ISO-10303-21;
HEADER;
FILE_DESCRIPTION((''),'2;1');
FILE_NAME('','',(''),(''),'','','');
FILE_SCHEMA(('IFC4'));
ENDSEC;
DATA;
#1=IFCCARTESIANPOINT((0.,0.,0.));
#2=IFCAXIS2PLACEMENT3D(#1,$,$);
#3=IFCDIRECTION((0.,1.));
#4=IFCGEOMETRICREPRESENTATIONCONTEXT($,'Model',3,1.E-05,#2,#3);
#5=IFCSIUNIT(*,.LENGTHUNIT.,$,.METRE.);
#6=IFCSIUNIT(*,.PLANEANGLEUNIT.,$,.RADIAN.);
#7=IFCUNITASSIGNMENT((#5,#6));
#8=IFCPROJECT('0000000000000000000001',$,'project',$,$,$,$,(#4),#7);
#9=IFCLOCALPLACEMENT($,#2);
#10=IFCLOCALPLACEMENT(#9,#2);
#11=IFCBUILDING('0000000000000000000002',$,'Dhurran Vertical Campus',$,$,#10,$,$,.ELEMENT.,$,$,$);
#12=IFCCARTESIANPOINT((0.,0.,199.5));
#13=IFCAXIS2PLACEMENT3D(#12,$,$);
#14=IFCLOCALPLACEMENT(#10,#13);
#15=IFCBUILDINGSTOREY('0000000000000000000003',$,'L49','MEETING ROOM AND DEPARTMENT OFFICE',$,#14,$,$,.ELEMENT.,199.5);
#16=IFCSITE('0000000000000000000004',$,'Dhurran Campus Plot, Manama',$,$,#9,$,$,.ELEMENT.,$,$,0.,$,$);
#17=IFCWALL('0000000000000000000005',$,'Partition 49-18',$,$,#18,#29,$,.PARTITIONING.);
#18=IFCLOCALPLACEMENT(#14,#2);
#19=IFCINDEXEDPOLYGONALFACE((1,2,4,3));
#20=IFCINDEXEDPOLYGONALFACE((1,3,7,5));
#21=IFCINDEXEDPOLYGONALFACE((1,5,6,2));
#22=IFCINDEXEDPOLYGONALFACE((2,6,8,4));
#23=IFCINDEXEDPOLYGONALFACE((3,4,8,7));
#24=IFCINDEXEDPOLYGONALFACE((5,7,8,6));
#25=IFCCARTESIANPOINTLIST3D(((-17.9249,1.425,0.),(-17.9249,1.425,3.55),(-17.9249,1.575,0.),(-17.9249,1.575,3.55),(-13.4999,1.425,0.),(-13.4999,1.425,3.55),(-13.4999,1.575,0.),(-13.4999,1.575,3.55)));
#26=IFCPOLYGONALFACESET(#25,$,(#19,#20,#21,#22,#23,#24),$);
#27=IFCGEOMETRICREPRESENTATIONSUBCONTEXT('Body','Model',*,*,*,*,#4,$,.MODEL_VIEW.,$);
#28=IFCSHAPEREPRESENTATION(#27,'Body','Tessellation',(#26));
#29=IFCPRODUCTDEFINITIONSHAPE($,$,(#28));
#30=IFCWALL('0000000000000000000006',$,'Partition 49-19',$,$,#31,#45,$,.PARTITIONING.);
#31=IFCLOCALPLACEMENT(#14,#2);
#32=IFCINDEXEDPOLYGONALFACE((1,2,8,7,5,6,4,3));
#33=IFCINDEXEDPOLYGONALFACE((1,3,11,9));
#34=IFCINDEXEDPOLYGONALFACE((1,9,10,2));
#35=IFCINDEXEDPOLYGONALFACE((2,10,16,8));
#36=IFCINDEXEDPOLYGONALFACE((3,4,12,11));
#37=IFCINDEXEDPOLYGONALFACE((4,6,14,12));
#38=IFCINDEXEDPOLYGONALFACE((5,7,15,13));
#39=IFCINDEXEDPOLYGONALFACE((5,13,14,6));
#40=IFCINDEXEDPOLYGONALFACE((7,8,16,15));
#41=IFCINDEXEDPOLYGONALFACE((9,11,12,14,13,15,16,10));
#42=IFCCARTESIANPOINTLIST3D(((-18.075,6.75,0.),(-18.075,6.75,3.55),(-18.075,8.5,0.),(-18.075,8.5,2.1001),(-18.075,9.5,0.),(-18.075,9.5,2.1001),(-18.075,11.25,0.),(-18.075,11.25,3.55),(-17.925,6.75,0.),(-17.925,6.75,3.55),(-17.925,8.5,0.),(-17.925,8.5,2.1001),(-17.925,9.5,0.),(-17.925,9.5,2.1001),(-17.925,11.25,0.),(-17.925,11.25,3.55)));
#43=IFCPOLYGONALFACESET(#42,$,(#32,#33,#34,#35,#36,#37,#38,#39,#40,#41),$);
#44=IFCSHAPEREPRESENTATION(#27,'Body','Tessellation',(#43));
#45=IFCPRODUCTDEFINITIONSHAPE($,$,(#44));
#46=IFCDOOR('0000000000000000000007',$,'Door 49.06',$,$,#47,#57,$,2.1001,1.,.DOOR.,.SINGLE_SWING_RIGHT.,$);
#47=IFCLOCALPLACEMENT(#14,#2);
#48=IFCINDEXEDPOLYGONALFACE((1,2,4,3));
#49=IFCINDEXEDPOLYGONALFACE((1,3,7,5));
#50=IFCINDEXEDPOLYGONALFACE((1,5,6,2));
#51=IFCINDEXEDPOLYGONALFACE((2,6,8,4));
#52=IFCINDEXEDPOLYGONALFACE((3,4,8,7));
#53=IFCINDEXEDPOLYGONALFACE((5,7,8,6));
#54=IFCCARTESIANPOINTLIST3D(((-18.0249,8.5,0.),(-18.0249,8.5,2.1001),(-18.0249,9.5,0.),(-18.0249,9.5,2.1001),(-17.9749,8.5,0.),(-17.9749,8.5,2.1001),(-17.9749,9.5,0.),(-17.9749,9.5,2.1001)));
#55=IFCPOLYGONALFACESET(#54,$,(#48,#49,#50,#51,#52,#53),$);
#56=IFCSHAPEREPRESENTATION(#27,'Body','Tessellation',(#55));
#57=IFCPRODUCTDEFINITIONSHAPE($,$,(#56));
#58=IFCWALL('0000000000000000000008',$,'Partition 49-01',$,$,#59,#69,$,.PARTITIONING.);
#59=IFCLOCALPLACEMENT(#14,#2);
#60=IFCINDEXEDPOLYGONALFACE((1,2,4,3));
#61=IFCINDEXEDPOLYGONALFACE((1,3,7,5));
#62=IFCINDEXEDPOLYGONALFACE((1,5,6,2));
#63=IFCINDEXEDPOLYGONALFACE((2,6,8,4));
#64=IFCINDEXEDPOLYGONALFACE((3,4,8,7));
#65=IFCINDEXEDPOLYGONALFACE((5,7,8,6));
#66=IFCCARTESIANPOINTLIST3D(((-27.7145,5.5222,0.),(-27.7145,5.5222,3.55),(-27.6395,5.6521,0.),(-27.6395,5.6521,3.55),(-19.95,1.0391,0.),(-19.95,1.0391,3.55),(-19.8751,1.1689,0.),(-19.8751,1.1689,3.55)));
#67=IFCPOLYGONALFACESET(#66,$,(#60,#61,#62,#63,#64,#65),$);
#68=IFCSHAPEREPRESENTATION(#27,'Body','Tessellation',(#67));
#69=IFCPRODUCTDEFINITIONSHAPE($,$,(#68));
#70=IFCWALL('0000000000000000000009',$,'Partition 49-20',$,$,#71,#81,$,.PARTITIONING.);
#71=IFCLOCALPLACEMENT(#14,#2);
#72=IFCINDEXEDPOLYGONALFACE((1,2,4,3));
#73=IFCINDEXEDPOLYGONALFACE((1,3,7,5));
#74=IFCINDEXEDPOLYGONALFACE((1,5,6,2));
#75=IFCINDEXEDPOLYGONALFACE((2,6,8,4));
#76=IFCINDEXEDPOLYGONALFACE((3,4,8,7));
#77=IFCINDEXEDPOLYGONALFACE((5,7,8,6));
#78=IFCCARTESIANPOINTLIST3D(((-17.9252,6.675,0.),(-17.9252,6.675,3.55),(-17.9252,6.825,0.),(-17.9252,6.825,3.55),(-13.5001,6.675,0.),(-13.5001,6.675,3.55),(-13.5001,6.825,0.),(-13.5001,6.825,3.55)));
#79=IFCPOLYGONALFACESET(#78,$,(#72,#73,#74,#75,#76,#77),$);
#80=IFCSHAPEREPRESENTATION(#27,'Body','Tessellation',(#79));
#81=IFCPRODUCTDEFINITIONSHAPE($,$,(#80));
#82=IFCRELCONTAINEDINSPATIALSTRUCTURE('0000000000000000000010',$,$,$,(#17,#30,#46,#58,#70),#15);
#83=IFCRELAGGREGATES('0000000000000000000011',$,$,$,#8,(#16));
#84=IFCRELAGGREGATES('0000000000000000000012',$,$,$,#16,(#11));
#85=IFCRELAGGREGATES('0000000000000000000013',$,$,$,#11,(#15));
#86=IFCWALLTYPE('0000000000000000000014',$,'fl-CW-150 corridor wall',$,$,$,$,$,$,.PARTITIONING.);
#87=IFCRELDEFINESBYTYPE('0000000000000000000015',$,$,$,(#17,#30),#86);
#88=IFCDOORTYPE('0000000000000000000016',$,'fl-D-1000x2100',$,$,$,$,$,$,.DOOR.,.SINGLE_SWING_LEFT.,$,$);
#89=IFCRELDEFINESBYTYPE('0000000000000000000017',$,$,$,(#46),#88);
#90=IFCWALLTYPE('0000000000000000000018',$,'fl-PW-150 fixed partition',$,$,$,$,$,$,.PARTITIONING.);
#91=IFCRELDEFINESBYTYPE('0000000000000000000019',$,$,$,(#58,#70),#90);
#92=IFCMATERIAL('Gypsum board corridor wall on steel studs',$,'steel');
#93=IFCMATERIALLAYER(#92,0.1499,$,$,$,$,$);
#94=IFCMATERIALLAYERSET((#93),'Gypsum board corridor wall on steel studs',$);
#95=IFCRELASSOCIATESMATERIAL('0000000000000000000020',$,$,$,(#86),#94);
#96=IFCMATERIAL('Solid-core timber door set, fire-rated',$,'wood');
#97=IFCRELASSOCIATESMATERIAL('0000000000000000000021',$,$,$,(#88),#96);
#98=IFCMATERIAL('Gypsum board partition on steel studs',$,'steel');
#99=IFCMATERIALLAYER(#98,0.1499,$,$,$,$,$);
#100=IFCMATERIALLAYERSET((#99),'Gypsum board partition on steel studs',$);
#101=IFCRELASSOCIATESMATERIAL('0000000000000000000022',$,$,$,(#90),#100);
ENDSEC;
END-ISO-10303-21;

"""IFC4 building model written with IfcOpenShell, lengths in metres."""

from ifc_helpers import new_model, si_unit, direction, frame, frame_2d, origin, place, context, subcontext, project, spatial, rectangle, extrude, material, layer, layer_set, type_object, element, fill, save


model = new_model("IFC4")

# Units and contexts
model_context = context("Model", 3, precision=1e-05, world=origin(), true_north=direction((0.0, 1.0)))
body_context = subcontext(model_context, "Body", "Model", "MODEL_VIEW")
ifc_project = project(units=[si_unit("LENGTHUNIT", "METRE"), si_unit("PLANEANGLEUNIT", "RADIAN")], contexts=[model_context])

# Site, building, storey
site_placement = place(None, origin())
site = spatial("IfcSite", under=ifc_project, at=site_placement, Name="Dhurran Campus Plot, Manama", CompositionType="ELEMENT", RefElevation=0.0)
building_placement = place(site_placement, origin())
building = spatial("IfcBuilding", under=site, at=building_placement, Name="Dhurran Vertical Campus", CompositionType="ELEMENT")
storey_placement = place(building_placement, frame((0.0, 0.0, 199.5)))
storey = spatial("IfcBuildingStorey", under=building, at=storey_placement, Name="L49", Description="MEETING ROOM AND DEPARTMENT OFFICE", CompositionType="ELEMENT", Elevation=199.5)

# Shared definitions
ifc_material_1 = material(Name="Gypsum board corridor wall on steel studs", Category="steel")
ifc_layer_1 = layer(ifc_material_1, 0.1499)
ifc_layer_set_1 = layer_set([ifc_layer_1], Name="Gypsum board corridor wall on steel studs")
wall_type_1 = type_object("IfcWallType", Name="fl-CW-150 corridor wall", PredefinedType="PARTITIONING", material=ifc_layer_set_1)
ifc_material_2 = material(Name="Solid-core timber door set, fire-rated", Category="wood")
door_type_1 = type_object("IfcDoorType", Name="fl-D-1000x2100", OperationType="SINGLE_SWING_LEFT", PredefinedType="DOOR", material=ifc_material_2)

# Wall
wall_1_placement = place(storey_placement, frame((-13.5, 1.5, 0.0), z_axis=(0.0, 0.0, 1.0), x_axis=(-1.0, 0.0, 0.0)))
element("IfcWall", 1, at=wall_1_placement, inside=storey, type_object=wall_type_1, Name="Partition 49-18", PredefinedType="PARTITIONING", context=body_context, shape_type="SweptSolid", body=[
    extrude(rectangle(XDim=4.425, YDim=0.1499, at=frame_2d((2.2124, 0.0))), origin(), (0.0, 0.0, 1.0), 3.55),
])

# Wall, opening, door
wall_2_placement = place(storey_placement, frame((-18.0, 6.75, 0.0), z_axis=(0.0, 0.0, 1.0), x_axis=(0.0, 1.0, 0.0)))
wall_2 = element("IfcWall", 2, at=wall_2_placement, inside=storey, type_object=wall_type_1, Name="Partition 49-19", PredefinedType="PARTITIONING", context=body_context, shape_type="SweptSolid", body=[
    extrude(rectangle(XDim=4.5, YDim=0.1499, at=frame_2d((2.25, 0.0))), origin(), (0.0, 0.0, 1.0), 3.55),
])
opening_1_placement = place(wall_2_placement, frame((1.75, 0.0, 0.0)))
opening_1 = element("IfcOpeningElement", 3, at=opening_1_placement, cuts=wall_2, PredefinedType="OPENING", context=body_context, shape_type="SweptSolid", body=[
    extrude(rectangle(XDim=1.0, YDim=2.1001, at=frame_2d((0.5, 1.05))), frame((0.0, 0.085, 0.0), z_axis=(0.0, -1.0, 0.0), x_axis=(1.0, 0.0, 0.0)), (0.0, 0.0, 1.0), 0.1699),
])
door_1_placement = place(opening_1_placement, origin())
door_1 = element("IfcDoor", 4, at=door_1_placement, inside=storey, type_object=door_type_1, Name="Door 49.06", OperationType="SINGLE_SWING_RIGHT", OverallHeight=2.1001, OverallWidth=1.0, PredefinedType="DOOR", context=body_context, shape_type="SweptSolid", body=[
    extrude(rectangle(XDim=1.0, YDim=2.1001, at=frame_2d((0.5, 1.05))), frame((0.0, 0.0249, 0.0), z_axis=(0.0, -1.0, 0.0), x_axis=(1.0, 0.0, 0.0)), (0.0, 0.0, 1.0), 0.05),
])
fill(opening_1, door_1)

# Walls
ifc_material_3 = material(Name="Gypsum board partition on steel studs", Category="steel")
ifc_layer_2 = layer(ifc_material_3, 0.1499)
ifc_layer_set_2 = layer_set([ifc_layer_2], Name="Gypsum board partition on steel studs")
wall_type_2 = type_object("IfcWallType", Name="fl-PW-150 fixed partition", PredefinedType="PARTITIONING", material=ifc_layer_set_2)
wall_3_placement = place(storey_placement, frame((-27.677, 5.5872, 0.0), z_axis=(0.0, 0.0, 1.0), x_axis=(0.866007, -0.500031, 0.0)))
element("IfcWall", 5, at=wall_3_placement, inside=storey, type_object=wall_type_2, Name="Partition 49-01", PredefinedType="PARTITIONING", context=body_context, shape_type="SweptSolid", body=[
    extrude(rectangle(XDim=8.9658, YDim=0.1499, at=frame_2d((4.4829, 0.0))), origin(), (0.0, 0.0, 1.0), 3.55),
])
wall_4_placement = place(storey_placement, frame((-17.925, 6.75, 0.0), z_axis=(0.0, 0.0, 1.0), x_axis=(1.0, 0.0, 0.0)))
element("IfcWall", 6, at=wall_4_placement, inside=storey, type_object=wall_type_2, Name="Partition 49-20", PredefinedType="PARTITIONING", context=body_context, shape_type="SweptSolid", body=[
    extrude(rectangle(XDim=4.425, YDim=0.1499, at=frame_2d((2.2124, 0.0))), origin(), (0.0, 0.0, 1.0), 3.55),
])

save(model, "model.ifc")
